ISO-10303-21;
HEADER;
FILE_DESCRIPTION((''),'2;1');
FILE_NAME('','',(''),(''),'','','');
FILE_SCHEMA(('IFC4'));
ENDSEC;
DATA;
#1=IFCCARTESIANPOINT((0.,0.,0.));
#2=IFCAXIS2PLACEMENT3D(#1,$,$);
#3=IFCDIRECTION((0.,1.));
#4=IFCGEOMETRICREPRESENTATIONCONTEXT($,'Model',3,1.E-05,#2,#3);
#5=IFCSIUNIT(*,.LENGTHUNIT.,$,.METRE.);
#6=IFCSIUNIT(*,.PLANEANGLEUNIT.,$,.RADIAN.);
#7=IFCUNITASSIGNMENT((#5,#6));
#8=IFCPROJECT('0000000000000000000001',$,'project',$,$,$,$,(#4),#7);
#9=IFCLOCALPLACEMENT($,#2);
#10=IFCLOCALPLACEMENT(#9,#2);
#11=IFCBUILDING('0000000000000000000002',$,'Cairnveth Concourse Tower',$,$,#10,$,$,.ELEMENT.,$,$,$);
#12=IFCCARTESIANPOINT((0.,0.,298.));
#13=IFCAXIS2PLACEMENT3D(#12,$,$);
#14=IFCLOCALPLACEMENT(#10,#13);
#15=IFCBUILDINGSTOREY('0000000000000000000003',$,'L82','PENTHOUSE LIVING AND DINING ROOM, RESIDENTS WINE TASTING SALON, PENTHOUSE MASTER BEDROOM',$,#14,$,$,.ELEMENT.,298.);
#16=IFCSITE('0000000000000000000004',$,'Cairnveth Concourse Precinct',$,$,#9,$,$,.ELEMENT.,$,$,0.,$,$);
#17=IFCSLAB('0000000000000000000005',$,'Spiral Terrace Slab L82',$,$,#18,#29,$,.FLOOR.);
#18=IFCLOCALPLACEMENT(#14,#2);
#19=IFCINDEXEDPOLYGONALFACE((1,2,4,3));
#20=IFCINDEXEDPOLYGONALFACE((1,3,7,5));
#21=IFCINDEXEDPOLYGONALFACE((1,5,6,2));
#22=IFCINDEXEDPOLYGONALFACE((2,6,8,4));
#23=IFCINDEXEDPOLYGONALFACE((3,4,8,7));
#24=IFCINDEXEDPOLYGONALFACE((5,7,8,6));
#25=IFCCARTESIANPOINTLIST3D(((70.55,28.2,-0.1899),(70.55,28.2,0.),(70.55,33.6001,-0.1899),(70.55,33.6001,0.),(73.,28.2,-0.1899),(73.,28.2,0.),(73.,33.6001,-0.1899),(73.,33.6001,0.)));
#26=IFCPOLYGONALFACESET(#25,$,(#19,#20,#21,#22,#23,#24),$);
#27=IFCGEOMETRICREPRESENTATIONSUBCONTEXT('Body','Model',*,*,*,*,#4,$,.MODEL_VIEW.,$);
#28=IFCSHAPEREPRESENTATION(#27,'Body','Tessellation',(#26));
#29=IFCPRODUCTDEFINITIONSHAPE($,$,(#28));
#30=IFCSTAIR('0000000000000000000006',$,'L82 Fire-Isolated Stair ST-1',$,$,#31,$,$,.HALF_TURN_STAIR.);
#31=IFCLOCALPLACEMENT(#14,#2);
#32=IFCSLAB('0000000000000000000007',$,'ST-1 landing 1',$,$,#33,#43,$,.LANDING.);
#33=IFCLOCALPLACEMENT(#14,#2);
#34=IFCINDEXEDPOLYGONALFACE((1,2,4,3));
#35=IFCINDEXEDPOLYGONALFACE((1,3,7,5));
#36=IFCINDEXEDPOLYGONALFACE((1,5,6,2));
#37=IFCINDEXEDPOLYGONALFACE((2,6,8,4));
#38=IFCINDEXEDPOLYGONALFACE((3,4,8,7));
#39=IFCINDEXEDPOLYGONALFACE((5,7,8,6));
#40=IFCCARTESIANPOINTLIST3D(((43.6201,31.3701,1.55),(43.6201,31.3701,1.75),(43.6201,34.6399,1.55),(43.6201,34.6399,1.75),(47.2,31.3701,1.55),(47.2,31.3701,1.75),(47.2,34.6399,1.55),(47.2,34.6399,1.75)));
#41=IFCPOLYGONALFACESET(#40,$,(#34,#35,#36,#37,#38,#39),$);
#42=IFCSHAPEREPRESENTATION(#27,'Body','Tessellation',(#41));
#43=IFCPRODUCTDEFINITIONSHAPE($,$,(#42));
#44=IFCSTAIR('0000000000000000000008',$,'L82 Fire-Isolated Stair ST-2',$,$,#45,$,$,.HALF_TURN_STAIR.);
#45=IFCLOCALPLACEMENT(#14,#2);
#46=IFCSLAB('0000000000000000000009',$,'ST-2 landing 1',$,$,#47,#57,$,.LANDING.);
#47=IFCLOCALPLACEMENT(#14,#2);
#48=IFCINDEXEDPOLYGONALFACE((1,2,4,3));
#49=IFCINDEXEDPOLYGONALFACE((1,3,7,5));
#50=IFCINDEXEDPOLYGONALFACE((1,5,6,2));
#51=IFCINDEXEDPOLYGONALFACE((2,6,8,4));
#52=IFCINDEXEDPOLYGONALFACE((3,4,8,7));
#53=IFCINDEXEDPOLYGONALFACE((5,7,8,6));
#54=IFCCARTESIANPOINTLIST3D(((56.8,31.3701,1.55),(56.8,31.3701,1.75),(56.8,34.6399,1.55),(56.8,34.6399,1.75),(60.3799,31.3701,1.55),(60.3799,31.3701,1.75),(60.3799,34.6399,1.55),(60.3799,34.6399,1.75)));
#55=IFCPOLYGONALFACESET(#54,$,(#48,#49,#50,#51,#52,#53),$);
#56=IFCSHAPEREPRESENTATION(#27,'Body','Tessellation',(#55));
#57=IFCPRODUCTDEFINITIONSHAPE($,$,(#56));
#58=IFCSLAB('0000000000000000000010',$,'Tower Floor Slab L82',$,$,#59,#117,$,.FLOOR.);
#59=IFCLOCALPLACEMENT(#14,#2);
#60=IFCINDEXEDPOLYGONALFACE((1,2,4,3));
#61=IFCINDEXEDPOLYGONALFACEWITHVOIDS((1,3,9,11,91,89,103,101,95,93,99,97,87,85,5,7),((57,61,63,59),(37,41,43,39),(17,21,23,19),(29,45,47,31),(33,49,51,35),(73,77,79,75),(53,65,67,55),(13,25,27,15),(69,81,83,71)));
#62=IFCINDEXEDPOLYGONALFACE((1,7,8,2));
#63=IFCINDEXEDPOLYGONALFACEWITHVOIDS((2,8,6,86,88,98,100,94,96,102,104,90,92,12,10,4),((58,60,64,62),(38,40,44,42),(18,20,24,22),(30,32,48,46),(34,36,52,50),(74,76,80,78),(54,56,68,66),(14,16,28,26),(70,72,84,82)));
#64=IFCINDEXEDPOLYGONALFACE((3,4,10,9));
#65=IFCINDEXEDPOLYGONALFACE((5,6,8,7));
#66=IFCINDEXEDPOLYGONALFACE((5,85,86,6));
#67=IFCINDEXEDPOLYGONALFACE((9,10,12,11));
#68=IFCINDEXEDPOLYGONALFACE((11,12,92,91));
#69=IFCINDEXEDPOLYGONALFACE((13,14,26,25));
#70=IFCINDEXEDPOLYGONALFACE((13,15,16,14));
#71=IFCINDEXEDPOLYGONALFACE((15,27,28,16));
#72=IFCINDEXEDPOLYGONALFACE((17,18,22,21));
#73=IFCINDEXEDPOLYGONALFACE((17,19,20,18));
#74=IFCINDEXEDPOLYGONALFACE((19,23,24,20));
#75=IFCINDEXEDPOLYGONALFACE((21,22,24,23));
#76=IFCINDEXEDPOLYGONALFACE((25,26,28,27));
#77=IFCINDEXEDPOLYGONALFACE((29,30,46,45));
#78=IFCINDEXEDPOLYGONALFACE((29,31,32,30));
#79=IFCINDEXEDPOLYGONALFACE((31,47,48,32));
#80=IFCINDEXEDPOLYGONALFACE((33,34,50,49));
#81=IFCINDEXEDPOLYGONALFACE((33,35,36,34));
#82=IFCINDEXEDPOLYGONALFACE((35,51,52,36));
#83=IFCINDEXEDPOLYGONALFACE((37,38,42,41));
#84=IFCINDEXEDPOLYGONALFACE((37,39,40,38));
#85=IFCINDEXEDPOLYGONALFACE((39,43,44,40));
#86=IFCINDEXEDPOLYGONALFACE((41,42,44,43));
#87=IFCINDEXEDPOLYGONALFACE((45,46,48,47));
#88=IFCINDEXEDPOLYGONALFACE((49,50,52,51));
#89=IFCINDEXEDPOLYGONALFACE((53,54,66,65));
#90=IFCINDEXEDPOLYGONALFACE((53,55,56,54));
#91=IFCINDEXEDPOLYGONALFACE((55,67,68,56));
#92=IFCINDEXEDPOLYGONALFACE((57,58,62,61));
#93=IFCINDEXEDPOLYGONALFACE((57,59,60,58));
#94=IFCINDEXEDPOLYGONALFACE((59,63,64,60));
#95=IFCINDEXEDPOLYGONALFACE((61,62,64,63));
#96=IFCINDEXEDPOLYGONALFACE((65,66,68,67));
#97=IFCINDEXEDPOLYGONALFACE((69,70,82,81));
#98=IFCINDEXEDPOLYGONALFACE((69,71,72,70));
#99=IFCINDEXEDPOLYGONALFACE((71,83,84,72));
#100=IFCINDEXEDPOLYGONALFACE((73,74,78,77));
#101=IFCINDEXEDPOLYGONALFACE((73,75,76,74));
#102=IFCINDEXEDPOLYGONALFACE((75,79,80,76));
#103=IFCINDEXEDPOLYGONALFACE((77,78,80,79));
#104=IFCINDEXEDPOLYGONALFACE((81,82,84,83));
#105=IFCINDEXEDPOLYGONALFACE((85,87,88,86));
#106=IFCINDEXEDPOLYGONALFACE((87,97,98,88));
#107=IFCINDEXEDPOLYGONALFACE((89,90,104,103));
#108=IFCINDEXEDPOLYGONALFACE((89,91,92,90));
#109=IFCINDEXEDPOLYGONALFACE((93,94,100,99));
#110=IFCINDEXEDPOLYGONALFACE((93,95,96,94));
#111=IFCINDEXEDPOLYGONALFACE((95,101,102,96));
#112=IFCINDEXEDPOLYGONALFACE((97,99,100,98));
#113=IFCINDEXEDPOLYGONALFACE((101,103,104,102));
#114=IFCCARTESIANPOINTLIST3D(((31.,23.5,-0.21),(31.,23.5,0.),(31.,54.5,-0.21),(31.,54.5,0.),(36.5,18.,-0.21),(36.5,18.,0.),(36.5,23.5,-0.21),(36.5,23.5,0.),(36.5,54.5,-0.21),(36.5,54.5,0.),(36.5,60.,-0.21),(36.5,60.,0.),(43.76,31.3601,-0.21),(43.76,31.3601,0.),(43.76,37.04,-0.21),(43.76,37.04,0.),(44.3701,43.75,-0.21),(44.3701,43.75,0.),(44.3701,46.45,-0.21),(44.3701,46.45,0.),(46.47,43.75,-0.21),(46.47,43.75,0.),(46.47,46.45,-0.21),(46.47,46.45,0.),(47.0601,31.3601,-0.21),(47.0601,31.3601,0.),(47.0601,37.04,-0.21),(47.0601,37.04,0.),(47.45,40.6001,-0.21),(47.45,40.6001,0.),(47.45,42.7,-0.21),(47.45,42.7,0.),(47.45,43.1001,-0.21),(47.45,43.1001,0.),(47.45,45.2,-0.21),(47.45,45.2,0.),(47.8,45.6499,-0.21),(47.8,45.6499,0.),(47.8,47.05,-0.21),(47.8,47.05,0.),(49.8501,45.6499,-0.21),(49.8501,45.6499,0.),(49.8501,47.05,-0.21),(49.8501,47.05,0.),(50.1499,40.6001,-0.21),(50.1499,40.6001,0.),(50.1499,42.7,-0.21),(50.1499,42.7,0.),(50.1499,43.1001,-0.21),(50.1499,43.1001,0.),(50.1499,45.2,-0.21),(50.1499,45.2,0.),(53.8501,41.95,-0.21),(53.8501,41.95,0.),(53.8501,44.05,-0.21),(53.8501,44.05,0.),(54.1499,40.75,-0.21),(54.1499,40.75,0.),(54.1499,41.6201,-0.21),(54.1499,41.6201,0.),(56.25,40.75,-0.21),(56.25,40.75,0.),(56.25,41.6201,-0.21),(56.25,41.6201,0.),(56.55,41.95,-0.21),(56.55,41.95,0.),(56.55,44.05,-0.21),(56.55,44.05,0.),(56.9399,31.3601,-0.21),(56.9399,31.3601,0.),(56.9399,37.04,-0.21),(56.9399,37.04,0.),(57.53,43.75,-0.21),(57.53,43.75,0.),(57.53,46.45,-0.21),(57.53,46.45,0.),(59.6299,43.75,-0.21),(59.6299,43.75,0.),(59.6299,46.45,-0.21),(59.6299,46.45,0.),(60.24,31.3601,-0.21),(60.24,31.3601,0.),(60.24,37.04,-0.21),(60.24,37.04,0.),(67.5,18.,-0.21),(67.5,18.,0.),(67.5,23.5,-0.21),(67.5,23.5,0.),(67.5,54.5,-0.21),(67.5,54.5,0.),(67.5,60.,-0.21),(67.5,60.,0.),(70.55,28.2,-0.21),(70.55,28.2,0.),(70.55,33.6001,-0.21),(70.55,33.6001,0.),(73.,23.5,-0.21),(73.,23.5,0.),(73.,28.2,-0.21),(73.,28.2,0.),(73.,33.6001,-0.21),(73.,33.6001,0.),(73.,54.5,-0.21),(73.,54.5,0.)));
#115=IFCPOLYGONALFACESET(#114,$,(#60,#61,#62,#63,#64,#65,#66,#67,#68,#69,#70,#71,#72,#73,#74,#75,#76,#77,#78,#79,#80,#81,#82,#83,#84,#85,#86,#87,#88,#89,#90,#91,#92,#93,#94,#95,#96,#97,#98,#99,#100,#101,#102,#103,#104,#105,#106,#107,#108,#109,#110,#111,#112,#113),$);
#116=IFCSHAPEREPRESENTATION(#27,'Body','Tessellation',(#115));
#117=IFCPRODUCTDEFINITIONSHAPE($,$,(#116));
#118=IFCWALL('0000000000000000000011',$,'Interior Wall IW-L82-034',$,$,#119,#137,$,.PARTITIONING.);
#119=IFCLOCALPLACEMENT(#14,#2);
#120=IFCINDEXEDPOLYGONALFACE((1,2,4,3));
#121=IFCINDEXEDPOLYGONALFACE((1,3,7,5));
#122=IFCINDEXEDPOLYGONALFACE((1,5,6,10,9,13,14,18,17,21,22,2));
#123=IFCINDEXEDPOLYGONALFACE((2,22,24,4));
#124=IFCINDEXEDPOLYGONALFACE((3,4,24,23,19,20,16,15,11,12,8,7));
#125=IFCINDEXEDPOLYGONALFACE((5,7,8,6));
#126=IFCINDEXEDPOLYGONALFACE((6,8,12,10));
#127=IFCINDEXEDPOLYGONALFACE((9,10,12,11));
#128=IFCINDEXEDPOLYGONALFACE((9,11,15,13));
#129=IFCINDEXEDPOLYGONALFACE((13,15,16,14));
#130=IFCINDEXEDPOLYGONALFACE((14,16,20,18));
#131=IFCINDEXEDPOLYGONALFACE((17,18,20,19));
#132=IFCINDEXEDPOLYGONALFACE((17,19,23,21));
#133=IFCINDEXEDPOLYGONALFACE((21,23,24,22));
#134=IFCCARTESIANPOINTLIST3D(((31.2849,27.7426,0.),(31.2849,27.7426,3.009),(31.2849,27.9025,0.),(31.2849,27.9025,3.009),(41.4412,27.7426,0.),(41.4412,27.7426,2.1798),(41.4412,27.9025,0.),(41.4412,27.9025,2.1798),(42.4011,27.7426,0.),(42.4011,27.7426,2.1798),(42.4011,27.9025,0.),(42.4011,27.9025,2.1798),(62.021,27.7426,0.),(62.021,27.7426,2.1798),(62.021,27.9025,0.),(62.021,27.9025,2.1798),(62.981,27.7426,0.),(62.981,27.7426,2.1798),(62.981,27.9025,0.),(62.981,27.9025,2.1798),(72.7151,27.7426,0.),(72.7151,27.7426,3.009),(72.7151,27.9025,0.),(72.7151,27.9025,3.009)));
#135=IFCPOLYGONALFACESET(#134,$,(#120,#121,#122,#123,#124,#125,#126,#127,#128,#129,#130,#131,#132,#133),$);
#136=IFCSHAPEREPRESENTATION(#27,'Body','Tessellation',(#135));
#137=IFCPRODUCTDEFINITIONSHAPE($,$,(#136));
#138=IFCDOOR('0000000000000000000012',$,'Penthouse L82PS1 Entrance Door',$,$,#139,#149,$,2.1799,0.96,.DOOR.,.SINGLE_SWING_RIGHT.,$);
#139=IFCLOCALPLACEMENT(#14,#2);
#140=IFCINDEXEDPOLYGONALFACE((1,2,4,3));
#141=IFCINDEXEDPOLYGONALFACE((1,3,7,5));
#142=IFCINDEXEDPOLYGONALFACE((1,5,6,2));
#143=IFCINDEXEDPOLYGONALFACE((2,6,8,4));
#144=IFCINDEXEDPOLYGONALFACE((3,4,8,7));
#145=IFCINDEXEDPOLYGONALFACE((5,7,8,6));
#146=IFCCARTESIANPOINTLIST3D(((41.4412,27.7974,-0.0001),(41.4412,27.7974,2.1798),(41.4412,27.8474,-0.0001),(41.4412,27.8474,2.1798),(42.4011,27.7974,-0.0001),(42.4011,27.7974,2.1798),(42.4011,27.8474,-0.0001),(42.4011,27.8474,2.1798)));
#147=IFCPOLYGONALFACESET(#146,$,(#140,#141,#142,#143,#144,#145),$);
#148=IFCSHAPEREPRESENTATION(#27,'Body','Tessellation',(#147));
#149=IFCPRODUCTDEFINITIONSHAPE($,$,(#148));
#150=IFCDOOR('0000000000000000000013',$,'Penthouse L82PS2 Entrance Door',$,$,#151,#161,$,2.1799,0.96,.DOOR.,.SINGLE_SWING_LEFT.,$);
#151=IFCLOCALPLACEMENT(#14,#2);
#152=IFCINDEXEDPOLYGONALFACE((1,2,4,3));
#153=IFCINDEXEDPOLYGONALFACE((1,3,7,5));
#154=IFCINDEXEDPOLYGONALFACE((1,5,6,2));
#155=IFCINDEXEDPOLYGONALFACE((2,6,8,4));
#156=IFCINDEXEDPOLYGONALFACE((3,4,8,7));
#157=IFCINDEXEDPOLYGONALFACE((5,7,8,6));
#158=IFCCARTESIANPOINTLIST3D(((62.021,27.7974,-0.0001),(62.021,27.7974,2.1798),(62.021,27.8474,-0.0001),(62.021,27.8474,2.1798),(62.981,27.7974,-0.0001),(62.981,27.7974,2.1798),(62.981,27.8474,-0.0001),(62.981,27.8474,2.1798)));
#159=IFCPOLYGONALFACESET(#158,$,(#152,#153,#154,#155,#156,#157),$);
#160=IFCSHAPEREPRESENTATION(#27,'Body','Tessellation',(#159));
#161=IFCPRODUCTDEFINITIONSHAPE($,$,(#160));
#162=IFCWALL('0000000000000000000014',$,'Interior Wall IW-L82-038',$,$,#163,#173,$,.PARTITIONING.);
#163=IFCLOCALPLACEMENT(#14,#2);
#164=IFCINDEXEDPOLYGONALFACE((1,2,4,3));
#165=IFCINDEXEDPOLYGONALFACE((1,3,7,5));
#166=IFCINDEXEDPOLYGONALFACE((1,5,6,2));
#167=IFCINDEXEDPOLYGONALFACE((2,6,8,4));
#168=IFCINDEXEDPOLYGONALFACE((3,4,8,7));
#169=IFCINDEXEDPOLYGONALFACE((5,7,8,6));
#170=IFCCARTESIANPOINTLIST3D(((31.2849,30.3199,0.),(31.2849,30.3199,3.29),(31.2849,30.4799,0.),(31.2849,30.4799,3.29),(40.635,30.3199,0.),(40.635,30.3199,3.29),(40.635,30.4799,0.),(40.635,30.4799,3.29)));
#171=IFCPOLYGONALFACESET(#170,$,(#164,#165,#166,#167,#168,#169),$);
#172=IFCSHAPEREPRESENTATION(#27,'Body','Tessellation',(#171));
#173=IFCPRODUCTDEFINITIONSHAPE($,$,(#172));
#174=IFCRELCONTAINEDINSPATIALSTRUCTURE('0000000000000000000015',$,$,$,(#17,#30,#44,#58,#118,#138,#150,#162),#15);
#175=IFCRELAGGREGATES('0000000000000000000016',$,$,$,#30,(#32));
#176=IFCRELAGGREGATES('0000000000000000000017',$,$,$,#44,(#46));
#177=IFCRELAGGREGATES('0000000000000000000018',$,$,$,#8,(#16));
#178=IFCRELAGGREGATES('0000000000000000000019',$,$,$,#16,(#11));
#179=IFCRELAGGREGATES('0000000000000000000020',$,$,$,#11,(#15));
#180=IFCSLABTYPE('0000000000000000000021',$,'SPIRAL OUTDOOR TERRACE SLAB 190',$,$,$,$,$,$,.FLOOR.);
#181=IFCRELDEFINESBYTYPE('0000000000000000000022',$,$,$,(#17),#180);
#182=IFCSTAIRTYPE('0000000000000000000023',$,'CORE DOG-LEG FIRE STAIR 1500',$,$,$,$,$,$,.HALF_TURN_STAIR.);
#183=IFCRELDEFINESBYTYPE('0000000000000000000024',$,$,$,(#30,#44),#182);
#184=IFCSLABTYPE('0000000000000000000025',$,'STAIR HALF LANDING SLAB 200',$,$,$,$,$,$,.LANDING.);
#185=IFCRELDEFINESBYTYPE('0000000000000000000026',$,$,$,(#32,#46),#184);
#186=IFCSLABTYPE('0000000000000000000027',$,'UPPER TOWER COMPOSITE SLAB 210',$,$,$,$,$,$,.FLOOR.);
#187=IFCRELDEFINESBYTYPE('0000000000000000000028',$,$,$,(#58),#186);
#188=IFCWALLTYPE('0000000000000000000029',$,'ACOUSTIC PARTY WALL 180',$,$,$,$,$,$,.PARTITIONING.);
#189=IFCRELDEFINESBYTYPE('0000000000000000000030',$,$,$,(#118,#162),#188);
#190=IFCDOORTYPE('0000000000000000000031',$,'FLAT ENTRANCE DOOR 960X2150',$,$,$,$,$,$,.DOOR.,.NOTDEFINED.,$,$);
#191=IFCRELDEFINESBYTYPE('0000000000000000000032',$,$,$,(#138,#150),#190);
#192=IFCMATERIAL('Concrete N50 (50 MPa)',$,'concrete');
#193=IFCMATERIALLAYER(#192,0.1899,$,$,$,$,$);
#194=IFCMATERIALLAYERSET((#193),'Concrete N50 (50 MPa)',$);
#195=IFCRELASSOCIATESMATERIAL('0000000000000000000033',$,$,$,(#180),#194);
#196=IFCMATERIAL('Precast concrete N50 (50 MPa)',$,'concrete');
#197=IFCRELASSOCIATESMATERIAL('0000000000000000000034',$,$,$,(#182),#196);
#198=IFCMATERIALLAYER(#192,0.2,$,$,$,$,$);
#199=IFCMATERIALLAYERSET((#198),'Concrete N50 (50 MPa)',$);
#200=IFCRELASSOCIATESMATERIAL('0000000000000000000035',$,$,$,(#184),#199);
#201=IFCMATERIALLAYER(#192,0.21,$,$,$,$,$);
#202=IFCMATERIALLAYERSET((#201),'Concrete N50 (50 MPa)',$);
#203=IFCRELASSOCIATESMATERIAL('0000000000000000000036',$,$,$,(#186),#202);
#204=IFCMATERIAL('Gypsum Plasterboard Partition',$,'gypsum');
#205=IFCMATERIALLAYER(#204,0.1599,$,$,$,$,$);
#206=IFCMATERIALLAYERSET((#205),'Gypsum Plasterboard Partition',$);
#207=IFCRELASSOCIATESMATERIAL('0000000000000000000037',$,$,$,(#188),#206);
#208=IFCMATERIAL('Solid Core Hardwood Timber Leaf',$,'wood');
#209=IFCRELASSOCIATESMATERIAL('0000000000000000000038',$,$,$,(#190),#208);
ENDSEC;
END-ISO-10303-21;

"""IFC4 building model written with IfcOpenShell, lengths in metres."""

from ifc_helpers import new_model, si_unit, direction, frame, frame_2d, origin, place, context, subcontext, project, spatial, polyline, rectangle, outline, extrude, material, layer, layer_set, type_object, element, fill, aggregate, save


model = new_model("IFC4")

# Units and contexts
model_context = context("Model", 3, precision=1e-05, world=origin(), true_north=direction((0.0, 1.0)))
body_context = subcontext(model_context, "Body", "Model", "MODEL_VIEW")
ifc_project = project(units=[si_unit("LENGTHUNIT", "METRE"), si_unit("PLANEANGLEUNIT", "RADIAN")], contexts=[model_context])

# Site, building, storey
site_placement = place(None, origin())
site = spatial("IfcSite", under=ifc_project, at=site_placement, Name="Cairnveth Concourse Precinct", CompositionType="ELEMENT", RefElevation=0.0)
building_placement = place(site_placement, origin())
building = spatial("IfcBuilding", under=site, at=building_placement, Name="Cairnveth Concourse Tower", CompositionType="ELEMENT")
storey_placement = place(building_placement, frame((0.0, 0.0, 298.0)))
storey = spatial("IfcBuildingStorey", under=building, at=storey_placement, Name="L82", Description="PENTHOUSE LIVING AND DINING ROOM, RESIDENTS WINE TASTING SALON, PENTHOUSE MASTER BEDROOM", CompositionType="ELEMENT", Elevation=298.0)

# Slab
ifc_material_1 = material(Name="Concrete N50 (50 MPa)", Category="concrete")
ifc_layer_1 = layer(ifc_material_1, 0.1899)
ifc_layer_set_1 = layer_set([ifc_layer_1], Name="Concrete N50 (50 MPa)")
slab_type_1 = type_object("IfcSlabType", Name="SPIRAL OUTDOOR TERRACE SLAB 190", PredefinedType="FLOOR", material=ifc_layer_set_1)
slab_1_placement = place(storey_placement, frame((0.0, 0.0, -0.1899)))
element("IfcSlab", 1, at=slab_1_placement, inside=storey, type_object=slab_type_1, Name="Spiral Terrace Slab L82", PredefinedType="FLOOR", context=body_context, shape_type="SweptSolid", body=[
    extrude(outline(polyline([(70.55, 28.2), (73.0, 28.2), (73.0, 33.6001), (70.55, 33.6001), (70.55, 28.2)])), origin(), (0.0, 0.0, 1.0), 0.1899),
])

# Stairs, slabs
ifc_material_2 = material(Name="Precast concrete N50 (50 MPa)", Category="concrete")
stair_type = type_object("IfcStairType", Name="CORE DOG-LEG FIRE STAIR 1500", PredefinedType="HALF_TURN_STAIR", material=ifc_material_2)
stair_1_placement = place(storey_placement, origin())
stair_1 = element("IfcStair", 2, at=stair_1_placement, inside=storey, type_object=stair_type, Name="L82 Fire-Isolated Stair ST-1", PredefinedType="HALF_TURN_STAIR")
ifc_layer_2 = layer(ifc_material_1, 0.2)
ifc_layer_set_2 = layer_set([ifc_layer_2], Name="Concrete N50 (50 MPa)")
slab_type_2 = type_object("IfcSlabType", Name="STAIR HALF LANDING SLAB 200", PredefinedType="LANDING", material=ifc_layer_set_2)
slab_2_placement = place(storey_placement, frame((0.0, 0.0, 1.55)))
slab_2 = element("IfcSlab", 3, at=slab_2_placement, type_object=slab_type_2, Name="ST-1 landing 1", PredefinedType="LANDING", context=body_context, shape_type="SweptSolid", body=[
    extrude(outline(polyline([(43.6201, 34.6399), (43.6201, 31.3701), (47.2, 31.3701), (47.2, 34.6399), (43.6201, 34.6399)])), origin(), (0.0, 0.0, 1.0), 0.2),
])
aggregate(stair_1, [slab_2])
stair_2_placement = place(storey_placement, origin())
stair_2 = element("IfcStair", 4, at=stair_2_placement, inside=storey, type_object=stair_type, Name="L82 Fire-Isolated Stair ST-2", PredefinedType="HALF_TURN_STAIR")
slab_3_placement = place(storey_placement, frame((0.0, 0.0, 1.55)))
slab_3 = element("IfcSlab", 5, at=slab_3_placement, type_object=slab_type_2, Name="ST-2 landing 1", PredefinedType="LANDING", context=body_context, shape_type="SweptSolid", body=[
    extrude(outline(polyline([(56.8, 34.6399), (56.8, 31.3701), (60.3799, 31.3701), (60.3799, 34.6399), (56.8, 34.6399)])), origin(), (0.0, 0.0, 1.0), 0.2),
])
aggregate(stair_2, [slab_3])

# Slab
ifc_layer_3 = layer(ifc_material_1, 0.21)
ifc_layer_set_3 = layer_set([ifc_layer_3], Name="Concrete N50 (50 MPa)")
slab_type_3 = type_object("IfcSlabType", Name="UPPER TOWER COMPOSITE SLAB 210", PredefinedType="FLOOR", material=ifc_layer_set_3)
slab_4_placement = place(storey_placement, frame((0.0, 0.0, -0.21)))
element("IfcSlab", 6, at=slab_4_placement, inside=storey, type_object=slab_type_3, Name="Tower Floor Slab L82", PredefinedType="FLOOR", context=body_context, shape_type="SweptSolid", body=[
    extrude(outline(polyline([(73.0, 28.2), (70.55, 28.2), (70.55, 33.6001), (73.0, 33.6001), (73.0, 54.5), (67.5, 54.5), (67.5, 60.0), (36.5, 60.0), (36.5, 54.5), (31.0, 54.5), (31.0, 23.5), (36.5, 23.5), (36.5, 18.0), (67.5, 18.0), (67.5, 23.5), (73.0, 23.5), (73.0, 28.2)]), holes=[polyline([(43.76, 31.3601), (47.0601, 31.3601), (47.0601, 37.04), (43.76, 37.04), (43.76, 31.3601)]), polyline([(56.9399, 31.3601), (60.24, 31.3601), (60.24, 37.04), (56.9399, 37.04), (56.9399, 31.3601)]), polyline([(44.3701, 43.75), (46.47, 43.75), (46.47, 46.45), (44.3701, 46.45), (44.3701, 43.75)]), polyline([(57.53, 43.75), (59.6299, 43.75), (59.6299, 46.45), (57.53, 46.45), (57.53, 43.75)]), polyline([(47.45, 40.6001), (50.1499, 40.6001), (50.1499, 42.7), (47.45, 42.7), (47.45, 40.6001)]), polyline([(47.45, 43.1001), (50.1499, 43.1001), (50.1499, 45.2), (47.45, 45.2), (47.45, 43.1001)]), polyline([(53.8501, 41.95), (56.55, 41.95), (56.55, 44.05), (53.8501, 44.05), (53.8501, 41.95)]), polyline([(47.8, 45.6499), (49.8501, 45.6499), (49.8501, 47.05), (47.8, 47.05), (47.8, 45.6499)]), polyline([(54.1499, 40.75), (56.25, 40.75), (56.25, 41.6201), (54.1499, 41.6201), (54.1499, 40.75)])]), origin(), (0.0, 0.0, 1.0), 0.21),
])

# Wall, openings, doors
ifc_material_3 = material(Name="Gypsum Plasterboard Partition", Category="gypsum")
ifc_layer_4 = layer(ifc_material_3, 0.1599)
ifc_layer_set_4 = layer_set([ifc_layer_4], Name="Gypsum Plasterboard Partition")
wall_type_1 = type_object("IfcWallType", Name="ACOUSTIC PARTY WALL 180", PredefinedType="PARTITIONING", material=ifc_layer_set_4)
wall_1_placement = place(storey_placement, frame((31.2849, 27.8225, 0.0), z_axis=(0.0, 0.0, 1.0), x_axis=(1.0, 0.0, 0.0)))
wall_1 = element("IfcWall", 7, at=wall_1_placement, inside=storey, type_object=wall_type_1, Name="Interior Wall IW-L82-034", PredefinedType="PARTITIONING", context=body_context, shape_type="SweptSolid", body=[
    extrude(rectangle(XDim=41.4302, YDim=0.1599, at=frame_2d((20.7151, 0.0))), origin(), (0.0, 0.0, 1.0), 3.009),
])
opening_1_placement = place(wall_1_placement, frame((10.1562, 0.0, 0.0)))
opening_1 = element("IfcOpeningElement", 8, at=opening_1_placement, cuts=wall_1, PredefinedType="OPENING", context=body_context, shape_type="SweptSolid", body=[
    extrude(rectangle(XDim=0.96, YDim=2.1799, at=frame_2d((0.48, 1.0898))), frame((0.0, 0.0898, 0.0), z_axis=(0.0, -1.0, 0.0), x_axis=(1.0, 0.0, 0.0)), (0.0, 0.0, 1.0), 0.1799),
])
opening_2_placement = place(wall_1_placement, frame((30.7361, 0.0, 0.0)))
opening_2 = element("IfcOpeningElement", 9, at=opening_2_placement, cuts=wall_1, PredefinedType="OPENING", context=body_context, shape_type="SweptSolid", body=[
    extrude(rectangle(XDim=0.96, YDim=2.1799, at=frame_2d((0.48, 1.0898))), frame((0.0, 0.0898, 0.0), z_axis=(0.0, -1.0, 0.0), x_axis=(1.0, 0.0, 0.0)), (0.0, 0.0, 1.0), 0.1799),
])
ifc_material_4 = material(Name="Solid Core Hardwood Timber Leaf", Category="wood")
door_type = type_object("IfcDoorType", Name="FLAT ENTRANCE DOOR 960X2150", OperationType="NOTDEFINED", PredefinedType="DOOR", material=ifc_material_4)
door_1_placement = place(opening_1_placement, origin())
door_1 = element("IfcDoor", 10, at=door_1_placement, inside=storey, type_object=door_type, Name="Penthouse L82PS1 Entrance Door", OperationType="SINGLE_SWING_RIGHT", OverallHeight=2.1799, OverallWidth=0.96, PredefinedType="DOOR", context=body_context, shape_type="SweptSolid", body=[
    extrude(rectangle(XDim=0.96, YDim=2.1799, at=frame_2d((0.48, 1.0898))), frame((0.0, 0.0249, 0.0), z_axis=(0.0, -1.0, 0.0), x_axis=(1.0, 0.0, 0.0)), (0.0, 0.0, 1.0), 0.05),
])
fill(opening_1, door_1)
door_2_placement = place(opening_2_placement, origin())
door_2 = element("IfcDoor", 11, at=door_2_placement, inside=storey, type_object=door_type, Name="Penthouse L82PS2 Entrance Door", OperationType="SINGLE_SWING_LEFT", OverallHeight=2.1799, OverallWidth=0.96, PredefinedType="DOOR", context=body_context, shape_type="SweptSolid", body=[
    extrude(rectangle(XDim=0.96, YDim=2.1799, at=frame_2d((0.48, 1.0898))), frame((0.0, 0.0249, 0.0), z_axis=(0.0, -1.0, 0.0), x_axis=(1.0, 0.0, 0.0)), (0.0, 0.0, 1.0), 0.05),
])
fill(opening_2, door_2)

# Wall
wall_2_placement = place(storey_placement, frame((31.2849, 30.3999, 0.0), z_axis=(0.0, 0.0, 1.0), x_axis=(1.0, 0.0, 0.0)))
element("IfcWall", 12, at=wall_2_placement, inside=storey, type_object=wall_type_1, Name="Interior Wall IW-L82-038", PredefinedType="PARTITIONING", context=body_context, shape_type="SweptSolid", body=[
    extrude(rectangle(XDim=9.3501, YDim=0.1599, at=frame_2d((4.675, 0.0))), origin(), (0.0, 0.0, 1.0), 3.29),
])

save(model, "model.ifc")
